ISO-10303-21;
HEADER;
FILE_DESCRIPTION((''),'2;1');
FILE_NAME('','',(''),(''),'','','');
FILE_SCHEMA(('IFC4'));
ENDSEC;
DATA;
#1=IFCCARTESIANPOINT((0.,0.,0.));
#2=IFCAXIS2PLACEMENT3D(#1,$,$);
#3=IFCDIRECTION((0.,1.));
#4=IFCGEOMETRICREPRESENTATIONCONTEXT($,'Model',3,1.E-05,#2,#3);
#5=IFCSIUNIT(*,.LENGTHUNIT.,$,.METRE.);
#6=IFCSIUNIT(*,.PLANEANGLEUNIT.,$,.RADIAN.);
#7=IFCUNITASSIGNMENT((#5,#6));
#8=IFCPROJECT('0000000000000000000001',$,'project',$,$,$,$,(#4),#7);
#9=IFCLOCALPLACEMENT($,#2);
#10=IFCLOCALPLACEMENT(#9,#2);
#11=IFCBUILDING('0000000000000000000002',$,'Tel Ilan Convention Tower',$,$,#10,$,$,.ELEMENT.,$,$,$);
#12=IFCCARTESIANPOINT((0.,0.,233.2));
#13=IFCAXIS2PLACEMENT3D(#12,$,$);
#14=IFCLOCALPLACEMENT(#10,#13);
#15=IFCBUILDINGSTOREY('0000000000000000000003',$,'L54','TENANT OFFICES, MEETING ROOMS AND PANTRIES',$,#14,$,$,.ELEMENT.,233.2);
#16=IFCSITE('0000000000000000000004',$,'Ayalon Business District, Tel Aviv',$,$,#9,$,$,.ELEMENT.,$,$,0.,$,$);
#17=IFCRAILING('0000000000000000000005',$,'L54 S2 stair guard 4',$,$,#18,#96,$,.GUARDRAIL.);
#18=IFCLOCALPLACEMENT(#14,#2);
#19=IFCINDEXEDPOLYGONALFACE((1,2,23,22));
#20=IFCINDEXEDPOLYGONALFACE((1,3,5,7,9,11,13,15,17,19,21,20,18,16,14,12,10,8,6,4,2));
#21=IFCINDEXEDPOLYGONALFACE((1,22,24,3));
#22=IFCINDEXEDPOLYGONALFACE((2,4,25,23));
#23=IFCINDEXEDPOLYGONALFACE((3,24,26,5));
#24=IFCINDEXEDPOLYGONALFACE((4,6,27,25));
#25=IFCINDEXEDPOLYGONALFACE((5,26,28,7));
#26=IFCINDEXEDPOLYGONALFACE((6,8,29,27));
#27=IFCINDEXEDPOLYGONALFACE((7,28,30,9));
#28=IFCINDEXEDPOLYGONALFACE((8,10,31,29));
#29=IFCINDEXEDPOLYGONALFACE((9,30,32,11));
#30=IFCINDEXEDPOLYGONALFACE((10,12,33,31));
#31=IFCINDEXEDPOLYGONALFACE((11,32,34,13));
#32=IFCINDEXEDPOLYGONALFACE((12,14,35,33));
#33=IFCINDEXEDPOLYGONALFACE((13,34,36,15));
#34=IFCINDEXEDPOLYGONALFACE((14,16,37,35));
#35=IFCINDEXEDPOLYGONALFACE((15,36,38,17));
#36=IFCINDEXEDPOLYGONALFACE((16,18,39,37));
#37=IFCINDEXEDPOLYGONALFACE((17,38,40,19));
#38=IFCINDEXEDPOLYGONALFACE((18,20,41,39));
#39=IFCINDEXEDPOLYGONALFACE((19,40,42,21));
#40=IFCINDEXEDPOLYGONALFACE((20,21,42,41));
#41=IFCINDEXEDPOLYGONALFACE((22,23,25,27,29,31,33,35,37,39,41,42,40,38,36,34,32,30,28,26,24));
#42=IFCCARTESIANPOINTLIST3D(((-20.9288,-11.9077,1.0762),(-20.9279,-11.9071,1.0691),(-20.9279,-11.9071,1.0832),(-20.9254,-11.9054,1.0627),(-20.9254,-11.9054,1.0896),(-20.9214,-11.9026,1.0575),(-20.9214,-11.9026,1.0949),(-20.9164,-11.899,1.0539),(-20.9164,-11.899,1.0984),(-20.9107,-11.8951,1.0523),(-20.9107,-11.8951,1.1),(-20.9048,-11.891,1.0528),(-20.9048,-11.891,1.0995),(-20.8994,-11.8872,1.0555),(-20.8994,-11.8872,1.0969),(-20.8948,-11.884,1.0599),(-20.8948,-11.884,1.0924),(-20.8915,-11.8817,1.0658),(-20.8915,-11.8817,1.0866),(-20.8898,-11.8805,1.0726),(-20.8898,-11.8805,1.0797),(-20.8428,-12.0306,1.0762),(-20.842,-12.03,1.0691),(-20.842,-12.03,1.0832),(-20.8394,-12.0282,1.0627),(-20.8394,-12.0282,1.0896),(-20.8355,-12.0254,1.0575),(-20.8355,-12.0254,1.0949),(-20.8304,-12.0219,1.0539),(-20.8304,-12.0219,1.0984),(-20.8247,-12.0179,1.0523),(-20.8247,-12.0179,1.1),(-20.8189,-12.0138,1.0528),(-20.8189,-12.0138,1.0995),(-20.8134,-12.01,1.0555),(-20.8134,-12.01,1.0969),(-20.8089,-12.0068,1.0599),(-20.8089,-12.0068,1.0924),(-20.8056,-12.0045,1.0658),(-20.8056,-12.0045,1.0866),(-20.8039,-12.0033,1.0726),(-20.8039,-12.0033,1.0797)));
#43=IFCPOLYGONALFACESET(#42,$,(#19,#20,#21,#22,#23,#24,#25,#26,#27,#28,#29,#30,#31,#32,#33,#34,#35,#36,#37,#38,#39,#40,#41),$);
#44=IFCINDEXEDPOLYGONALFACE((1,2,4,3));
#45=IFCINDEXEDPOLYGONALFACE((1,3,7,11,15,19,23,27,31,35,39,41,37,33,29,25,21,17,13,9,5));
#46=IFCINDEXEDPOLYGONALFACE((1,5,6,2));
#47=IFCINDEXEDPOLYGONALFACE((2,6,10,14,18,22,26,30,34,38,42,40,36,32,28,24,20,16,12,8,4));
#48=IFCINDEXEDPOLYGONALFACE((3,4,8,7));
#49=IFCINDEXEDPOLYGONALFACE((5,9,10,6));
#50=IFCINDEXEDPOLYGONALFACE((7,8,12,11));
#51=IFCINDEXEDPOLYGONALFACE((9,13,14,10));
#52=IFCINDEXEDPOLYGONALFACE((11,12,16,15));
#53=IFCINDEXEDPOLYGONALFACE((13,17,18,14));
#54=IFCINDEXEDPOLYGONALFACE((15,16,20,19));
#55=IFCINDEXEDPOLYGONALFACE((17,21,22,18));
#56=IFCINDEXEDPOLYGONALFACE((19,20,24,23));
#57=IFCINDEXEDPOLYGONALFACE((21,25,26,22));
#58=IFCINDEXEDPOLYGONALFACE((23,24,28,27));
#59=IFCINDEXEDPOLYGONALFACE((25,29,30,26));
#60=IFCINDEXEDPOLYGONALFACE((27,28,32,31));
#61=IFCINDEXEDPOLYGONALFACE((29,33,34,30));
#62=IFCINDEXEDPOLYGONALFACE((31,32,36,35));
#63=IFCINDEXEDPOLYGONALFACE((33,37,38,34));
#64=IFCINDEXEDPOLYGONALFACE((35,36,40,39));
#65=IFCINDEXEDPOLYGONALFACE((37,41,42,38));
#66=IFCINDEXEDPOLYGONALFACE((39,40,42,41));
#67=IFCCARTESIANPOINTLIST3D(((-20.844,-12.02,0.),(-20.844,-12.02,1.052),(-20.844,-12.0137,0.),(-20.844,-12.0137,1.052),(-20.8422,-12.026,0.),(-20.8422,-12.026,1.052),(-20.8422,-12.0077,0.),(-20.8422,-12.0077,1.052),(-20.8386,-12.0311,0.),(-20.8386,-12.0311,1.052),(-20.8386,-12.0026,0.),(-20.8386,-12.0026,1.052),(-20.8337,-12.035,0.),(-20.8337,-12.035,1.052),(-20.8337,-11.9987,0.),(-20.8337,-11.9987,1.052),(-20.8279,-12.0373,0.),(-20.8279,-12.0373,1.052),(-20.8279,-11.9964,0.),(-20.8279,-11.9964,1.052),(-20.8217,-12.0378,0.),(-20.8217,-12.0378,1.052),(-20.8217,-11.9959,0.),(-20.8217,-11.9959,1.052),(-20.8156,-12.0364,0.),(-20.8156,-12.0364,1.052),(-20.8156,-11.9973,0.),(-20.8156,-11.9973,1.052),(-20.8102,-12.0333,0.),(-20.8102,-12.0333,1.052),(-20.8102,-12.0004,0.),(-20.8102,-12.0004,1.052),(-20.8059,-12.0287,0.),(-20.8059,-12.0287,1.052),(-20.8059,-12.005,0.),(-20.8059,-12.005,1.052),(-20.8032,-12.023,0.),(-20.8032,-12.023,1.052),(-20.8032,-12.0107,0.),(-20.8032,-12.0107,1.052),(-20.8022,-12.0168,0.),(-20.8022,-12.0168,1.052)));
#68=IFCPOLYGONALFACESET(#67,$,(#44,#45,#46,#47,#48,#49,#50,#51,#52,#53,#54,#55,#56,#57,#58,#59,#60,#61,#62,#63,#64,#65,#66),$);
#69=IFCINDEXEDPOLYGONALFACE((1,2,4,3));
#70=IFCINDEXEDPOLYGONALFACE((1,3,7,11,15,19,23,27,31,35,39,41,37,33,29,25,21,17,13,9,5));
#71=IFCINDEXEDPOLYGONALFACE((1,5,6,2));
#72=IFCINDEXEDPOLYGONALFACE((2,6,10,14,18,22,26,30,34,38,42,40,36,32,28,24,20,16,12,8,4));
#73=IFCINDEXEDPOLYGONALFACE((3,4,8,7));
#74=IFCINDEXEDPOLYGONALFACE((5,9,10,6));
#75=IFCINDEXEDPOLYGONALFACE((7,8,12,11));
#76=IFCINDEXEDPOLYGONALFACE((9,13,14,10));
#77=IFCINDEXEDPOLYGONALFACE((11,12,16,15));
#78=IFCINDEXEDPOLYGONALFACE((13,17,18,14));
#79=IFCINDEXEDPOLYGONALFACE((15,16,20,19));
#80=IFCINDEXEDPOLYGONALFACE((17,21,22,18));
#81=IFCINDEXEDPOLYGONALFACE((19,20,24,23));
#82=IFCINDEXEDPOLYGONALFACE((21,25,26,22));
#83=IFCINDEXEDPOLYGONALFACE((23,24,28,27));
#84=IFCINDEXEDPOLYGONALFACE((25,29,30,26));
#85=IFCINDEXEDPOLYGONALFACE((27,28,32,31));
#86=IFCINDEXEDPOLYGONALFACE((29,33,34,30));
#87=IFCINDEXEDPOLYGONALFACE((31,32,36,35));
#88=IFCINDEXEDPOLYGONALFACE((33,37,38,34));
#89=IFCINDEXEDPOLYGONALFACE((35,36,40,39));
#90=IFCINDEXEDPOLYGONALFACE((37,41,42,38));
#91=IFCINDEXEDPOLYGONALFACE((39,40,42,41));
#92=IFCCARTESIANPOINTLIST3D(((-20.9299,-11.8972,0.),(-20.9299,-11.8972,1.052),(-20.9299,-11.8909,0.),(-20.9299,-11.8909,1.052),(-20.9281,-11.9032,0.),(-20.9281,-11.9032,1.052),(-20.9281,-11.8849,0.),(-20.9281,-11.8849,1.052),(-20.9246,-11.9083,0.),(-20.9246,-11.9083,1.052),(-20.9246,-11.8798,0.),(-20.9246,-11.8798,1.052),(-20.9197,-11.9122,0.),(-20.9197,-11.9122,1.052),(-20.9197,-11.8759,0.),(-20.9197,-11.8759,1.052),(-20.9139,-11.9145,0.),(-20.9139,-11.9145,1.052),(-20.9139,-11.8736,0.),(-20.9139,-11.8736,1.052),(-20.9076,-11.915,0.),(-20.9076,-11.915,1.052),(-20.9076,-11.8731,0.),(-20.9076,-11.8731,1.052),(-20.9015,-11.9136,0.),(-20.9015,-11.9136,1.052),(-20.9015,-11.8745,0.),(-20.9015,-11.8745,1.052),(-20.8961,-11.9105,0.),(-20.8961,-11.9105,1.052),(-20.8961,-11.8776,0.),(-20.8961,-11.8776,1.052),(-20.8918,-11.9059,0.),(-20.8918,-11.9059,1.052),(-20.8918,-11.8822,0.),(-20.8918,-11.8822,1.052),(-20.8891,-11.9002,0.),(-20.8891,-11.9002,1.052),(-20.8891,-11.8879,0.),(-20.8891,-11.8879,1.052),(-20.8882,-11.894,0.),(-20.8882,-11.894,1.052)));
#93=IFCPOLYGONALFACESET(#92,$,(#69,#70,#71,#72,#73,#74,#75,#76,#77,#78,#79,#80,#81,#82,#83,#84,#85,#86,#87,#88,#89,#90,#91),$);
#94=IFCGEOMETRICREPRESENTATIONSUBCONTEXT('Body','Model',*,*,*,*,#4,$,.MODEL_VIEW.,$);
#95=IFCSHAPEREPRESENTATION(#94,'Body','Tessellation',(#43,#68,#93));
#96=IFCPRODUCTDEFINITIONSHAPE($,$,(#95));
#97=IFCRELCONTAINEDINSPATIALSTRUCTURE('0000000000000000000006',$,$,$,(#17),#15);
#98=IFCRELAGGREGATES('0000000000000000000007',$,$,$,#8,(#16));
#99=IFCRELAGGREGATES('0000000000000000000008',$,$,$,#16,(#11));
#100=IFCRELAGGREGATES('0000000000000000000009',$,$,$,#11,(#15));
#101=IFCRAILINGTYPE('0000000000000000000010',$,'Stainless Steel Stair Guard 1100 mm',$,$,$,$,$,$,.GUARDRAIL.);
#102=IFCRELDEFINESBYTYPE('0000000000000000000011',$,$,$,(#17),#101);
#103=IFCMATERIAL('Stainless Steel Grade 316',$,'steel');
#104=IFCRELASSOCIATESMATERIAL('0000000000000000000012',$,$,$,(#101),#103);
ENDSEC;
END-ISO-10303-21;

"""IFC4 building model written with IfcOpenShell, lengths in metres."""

from ifc_helpers import new_model, si_unit, direction, frame, origin, origin_2d, place, context, subcontext, project, spatial, circle, extrude, material, type_object, element, save


model = new_model("IFC4")

# Units and contexts
model_context = context("Model", 3, precision=1e-05, world=origin(), true_north=direction((0.0, 1.0)))
body_context = subcontext(model_context, "Body", "Model", "MODEL_VIEW")
ifc_project = project(units=[si_unit("LENGTHUNIT", "METRE"), si_unit("PLANEANGLEUNIT", "RADIAN")], contexts=[model_context])

# Site, building, storey
site_placement = place(None, origin())
site = spatial("IfcSite", under=ifc_project, at=site_placement, Name="Ayalon Business District, Tel Aviv", CompositionType="ELEMENT", RefElevation=0.0)
building_placement = place(site_placement, origin())
building = spatial("IfcBuilding", under=site, at=building_placement, Name="Tel Ilan Convention Tower", CompositionType="ELEMENT")
storey_placement = place(building_placement, frame((0.0, 0.0, 233.2)))
storey = spatial("IfcBuildingStorey", under=building, at=storey_placement, Name="L54", Description="TENANT OFFICES, MEETING ROOMS AND PANTRIES", CompositionType="ELEMENT", Elevation=233.2)

# Railing
ifc_material_1 = material(Name="Stainless Steel Grade 316", Category="steel")
railing_type_1 = type_object("IfcRailingType", Name="Stainless Steel Stair Guard 1100 mm", PredefinedType="GUARDRAIL", material=ifc_material_1)
railing_1_placement = place(storey_placement, frame((-20.8232, -12.0168, 0.0)))
element("IfcRailing", 1, at=railing_1_placement, inside=storey, type_object=railing_type_1, Name="L54 S2 stair guard 4", PredefinedType="GUARDRAIL", context=body_context, shape_type="SweptSolid", body=[
    extrude(circle(Radius=0.0239, at=origin_2d()), frame((0.0, 0.0, 1.0762), z_axis=(-0.573353, 0.819308, 0.0), x_axis=(-0.819308, -0.573353, 0.0)), (0.0, 0.0, 1.0), 0.1499),
    extrude(circle(Radius=0.021, at=origin_2d()), origin(), (0.0, 0.0, 1.0), 1.052),
    extrude(circle(Radius=0.021, at=origin_2d()), frame((-0.0859, 0.1228, 0.0)), (0.0, 0.0, 1.0), 1.052),
])

save(model, "model.ifc")
